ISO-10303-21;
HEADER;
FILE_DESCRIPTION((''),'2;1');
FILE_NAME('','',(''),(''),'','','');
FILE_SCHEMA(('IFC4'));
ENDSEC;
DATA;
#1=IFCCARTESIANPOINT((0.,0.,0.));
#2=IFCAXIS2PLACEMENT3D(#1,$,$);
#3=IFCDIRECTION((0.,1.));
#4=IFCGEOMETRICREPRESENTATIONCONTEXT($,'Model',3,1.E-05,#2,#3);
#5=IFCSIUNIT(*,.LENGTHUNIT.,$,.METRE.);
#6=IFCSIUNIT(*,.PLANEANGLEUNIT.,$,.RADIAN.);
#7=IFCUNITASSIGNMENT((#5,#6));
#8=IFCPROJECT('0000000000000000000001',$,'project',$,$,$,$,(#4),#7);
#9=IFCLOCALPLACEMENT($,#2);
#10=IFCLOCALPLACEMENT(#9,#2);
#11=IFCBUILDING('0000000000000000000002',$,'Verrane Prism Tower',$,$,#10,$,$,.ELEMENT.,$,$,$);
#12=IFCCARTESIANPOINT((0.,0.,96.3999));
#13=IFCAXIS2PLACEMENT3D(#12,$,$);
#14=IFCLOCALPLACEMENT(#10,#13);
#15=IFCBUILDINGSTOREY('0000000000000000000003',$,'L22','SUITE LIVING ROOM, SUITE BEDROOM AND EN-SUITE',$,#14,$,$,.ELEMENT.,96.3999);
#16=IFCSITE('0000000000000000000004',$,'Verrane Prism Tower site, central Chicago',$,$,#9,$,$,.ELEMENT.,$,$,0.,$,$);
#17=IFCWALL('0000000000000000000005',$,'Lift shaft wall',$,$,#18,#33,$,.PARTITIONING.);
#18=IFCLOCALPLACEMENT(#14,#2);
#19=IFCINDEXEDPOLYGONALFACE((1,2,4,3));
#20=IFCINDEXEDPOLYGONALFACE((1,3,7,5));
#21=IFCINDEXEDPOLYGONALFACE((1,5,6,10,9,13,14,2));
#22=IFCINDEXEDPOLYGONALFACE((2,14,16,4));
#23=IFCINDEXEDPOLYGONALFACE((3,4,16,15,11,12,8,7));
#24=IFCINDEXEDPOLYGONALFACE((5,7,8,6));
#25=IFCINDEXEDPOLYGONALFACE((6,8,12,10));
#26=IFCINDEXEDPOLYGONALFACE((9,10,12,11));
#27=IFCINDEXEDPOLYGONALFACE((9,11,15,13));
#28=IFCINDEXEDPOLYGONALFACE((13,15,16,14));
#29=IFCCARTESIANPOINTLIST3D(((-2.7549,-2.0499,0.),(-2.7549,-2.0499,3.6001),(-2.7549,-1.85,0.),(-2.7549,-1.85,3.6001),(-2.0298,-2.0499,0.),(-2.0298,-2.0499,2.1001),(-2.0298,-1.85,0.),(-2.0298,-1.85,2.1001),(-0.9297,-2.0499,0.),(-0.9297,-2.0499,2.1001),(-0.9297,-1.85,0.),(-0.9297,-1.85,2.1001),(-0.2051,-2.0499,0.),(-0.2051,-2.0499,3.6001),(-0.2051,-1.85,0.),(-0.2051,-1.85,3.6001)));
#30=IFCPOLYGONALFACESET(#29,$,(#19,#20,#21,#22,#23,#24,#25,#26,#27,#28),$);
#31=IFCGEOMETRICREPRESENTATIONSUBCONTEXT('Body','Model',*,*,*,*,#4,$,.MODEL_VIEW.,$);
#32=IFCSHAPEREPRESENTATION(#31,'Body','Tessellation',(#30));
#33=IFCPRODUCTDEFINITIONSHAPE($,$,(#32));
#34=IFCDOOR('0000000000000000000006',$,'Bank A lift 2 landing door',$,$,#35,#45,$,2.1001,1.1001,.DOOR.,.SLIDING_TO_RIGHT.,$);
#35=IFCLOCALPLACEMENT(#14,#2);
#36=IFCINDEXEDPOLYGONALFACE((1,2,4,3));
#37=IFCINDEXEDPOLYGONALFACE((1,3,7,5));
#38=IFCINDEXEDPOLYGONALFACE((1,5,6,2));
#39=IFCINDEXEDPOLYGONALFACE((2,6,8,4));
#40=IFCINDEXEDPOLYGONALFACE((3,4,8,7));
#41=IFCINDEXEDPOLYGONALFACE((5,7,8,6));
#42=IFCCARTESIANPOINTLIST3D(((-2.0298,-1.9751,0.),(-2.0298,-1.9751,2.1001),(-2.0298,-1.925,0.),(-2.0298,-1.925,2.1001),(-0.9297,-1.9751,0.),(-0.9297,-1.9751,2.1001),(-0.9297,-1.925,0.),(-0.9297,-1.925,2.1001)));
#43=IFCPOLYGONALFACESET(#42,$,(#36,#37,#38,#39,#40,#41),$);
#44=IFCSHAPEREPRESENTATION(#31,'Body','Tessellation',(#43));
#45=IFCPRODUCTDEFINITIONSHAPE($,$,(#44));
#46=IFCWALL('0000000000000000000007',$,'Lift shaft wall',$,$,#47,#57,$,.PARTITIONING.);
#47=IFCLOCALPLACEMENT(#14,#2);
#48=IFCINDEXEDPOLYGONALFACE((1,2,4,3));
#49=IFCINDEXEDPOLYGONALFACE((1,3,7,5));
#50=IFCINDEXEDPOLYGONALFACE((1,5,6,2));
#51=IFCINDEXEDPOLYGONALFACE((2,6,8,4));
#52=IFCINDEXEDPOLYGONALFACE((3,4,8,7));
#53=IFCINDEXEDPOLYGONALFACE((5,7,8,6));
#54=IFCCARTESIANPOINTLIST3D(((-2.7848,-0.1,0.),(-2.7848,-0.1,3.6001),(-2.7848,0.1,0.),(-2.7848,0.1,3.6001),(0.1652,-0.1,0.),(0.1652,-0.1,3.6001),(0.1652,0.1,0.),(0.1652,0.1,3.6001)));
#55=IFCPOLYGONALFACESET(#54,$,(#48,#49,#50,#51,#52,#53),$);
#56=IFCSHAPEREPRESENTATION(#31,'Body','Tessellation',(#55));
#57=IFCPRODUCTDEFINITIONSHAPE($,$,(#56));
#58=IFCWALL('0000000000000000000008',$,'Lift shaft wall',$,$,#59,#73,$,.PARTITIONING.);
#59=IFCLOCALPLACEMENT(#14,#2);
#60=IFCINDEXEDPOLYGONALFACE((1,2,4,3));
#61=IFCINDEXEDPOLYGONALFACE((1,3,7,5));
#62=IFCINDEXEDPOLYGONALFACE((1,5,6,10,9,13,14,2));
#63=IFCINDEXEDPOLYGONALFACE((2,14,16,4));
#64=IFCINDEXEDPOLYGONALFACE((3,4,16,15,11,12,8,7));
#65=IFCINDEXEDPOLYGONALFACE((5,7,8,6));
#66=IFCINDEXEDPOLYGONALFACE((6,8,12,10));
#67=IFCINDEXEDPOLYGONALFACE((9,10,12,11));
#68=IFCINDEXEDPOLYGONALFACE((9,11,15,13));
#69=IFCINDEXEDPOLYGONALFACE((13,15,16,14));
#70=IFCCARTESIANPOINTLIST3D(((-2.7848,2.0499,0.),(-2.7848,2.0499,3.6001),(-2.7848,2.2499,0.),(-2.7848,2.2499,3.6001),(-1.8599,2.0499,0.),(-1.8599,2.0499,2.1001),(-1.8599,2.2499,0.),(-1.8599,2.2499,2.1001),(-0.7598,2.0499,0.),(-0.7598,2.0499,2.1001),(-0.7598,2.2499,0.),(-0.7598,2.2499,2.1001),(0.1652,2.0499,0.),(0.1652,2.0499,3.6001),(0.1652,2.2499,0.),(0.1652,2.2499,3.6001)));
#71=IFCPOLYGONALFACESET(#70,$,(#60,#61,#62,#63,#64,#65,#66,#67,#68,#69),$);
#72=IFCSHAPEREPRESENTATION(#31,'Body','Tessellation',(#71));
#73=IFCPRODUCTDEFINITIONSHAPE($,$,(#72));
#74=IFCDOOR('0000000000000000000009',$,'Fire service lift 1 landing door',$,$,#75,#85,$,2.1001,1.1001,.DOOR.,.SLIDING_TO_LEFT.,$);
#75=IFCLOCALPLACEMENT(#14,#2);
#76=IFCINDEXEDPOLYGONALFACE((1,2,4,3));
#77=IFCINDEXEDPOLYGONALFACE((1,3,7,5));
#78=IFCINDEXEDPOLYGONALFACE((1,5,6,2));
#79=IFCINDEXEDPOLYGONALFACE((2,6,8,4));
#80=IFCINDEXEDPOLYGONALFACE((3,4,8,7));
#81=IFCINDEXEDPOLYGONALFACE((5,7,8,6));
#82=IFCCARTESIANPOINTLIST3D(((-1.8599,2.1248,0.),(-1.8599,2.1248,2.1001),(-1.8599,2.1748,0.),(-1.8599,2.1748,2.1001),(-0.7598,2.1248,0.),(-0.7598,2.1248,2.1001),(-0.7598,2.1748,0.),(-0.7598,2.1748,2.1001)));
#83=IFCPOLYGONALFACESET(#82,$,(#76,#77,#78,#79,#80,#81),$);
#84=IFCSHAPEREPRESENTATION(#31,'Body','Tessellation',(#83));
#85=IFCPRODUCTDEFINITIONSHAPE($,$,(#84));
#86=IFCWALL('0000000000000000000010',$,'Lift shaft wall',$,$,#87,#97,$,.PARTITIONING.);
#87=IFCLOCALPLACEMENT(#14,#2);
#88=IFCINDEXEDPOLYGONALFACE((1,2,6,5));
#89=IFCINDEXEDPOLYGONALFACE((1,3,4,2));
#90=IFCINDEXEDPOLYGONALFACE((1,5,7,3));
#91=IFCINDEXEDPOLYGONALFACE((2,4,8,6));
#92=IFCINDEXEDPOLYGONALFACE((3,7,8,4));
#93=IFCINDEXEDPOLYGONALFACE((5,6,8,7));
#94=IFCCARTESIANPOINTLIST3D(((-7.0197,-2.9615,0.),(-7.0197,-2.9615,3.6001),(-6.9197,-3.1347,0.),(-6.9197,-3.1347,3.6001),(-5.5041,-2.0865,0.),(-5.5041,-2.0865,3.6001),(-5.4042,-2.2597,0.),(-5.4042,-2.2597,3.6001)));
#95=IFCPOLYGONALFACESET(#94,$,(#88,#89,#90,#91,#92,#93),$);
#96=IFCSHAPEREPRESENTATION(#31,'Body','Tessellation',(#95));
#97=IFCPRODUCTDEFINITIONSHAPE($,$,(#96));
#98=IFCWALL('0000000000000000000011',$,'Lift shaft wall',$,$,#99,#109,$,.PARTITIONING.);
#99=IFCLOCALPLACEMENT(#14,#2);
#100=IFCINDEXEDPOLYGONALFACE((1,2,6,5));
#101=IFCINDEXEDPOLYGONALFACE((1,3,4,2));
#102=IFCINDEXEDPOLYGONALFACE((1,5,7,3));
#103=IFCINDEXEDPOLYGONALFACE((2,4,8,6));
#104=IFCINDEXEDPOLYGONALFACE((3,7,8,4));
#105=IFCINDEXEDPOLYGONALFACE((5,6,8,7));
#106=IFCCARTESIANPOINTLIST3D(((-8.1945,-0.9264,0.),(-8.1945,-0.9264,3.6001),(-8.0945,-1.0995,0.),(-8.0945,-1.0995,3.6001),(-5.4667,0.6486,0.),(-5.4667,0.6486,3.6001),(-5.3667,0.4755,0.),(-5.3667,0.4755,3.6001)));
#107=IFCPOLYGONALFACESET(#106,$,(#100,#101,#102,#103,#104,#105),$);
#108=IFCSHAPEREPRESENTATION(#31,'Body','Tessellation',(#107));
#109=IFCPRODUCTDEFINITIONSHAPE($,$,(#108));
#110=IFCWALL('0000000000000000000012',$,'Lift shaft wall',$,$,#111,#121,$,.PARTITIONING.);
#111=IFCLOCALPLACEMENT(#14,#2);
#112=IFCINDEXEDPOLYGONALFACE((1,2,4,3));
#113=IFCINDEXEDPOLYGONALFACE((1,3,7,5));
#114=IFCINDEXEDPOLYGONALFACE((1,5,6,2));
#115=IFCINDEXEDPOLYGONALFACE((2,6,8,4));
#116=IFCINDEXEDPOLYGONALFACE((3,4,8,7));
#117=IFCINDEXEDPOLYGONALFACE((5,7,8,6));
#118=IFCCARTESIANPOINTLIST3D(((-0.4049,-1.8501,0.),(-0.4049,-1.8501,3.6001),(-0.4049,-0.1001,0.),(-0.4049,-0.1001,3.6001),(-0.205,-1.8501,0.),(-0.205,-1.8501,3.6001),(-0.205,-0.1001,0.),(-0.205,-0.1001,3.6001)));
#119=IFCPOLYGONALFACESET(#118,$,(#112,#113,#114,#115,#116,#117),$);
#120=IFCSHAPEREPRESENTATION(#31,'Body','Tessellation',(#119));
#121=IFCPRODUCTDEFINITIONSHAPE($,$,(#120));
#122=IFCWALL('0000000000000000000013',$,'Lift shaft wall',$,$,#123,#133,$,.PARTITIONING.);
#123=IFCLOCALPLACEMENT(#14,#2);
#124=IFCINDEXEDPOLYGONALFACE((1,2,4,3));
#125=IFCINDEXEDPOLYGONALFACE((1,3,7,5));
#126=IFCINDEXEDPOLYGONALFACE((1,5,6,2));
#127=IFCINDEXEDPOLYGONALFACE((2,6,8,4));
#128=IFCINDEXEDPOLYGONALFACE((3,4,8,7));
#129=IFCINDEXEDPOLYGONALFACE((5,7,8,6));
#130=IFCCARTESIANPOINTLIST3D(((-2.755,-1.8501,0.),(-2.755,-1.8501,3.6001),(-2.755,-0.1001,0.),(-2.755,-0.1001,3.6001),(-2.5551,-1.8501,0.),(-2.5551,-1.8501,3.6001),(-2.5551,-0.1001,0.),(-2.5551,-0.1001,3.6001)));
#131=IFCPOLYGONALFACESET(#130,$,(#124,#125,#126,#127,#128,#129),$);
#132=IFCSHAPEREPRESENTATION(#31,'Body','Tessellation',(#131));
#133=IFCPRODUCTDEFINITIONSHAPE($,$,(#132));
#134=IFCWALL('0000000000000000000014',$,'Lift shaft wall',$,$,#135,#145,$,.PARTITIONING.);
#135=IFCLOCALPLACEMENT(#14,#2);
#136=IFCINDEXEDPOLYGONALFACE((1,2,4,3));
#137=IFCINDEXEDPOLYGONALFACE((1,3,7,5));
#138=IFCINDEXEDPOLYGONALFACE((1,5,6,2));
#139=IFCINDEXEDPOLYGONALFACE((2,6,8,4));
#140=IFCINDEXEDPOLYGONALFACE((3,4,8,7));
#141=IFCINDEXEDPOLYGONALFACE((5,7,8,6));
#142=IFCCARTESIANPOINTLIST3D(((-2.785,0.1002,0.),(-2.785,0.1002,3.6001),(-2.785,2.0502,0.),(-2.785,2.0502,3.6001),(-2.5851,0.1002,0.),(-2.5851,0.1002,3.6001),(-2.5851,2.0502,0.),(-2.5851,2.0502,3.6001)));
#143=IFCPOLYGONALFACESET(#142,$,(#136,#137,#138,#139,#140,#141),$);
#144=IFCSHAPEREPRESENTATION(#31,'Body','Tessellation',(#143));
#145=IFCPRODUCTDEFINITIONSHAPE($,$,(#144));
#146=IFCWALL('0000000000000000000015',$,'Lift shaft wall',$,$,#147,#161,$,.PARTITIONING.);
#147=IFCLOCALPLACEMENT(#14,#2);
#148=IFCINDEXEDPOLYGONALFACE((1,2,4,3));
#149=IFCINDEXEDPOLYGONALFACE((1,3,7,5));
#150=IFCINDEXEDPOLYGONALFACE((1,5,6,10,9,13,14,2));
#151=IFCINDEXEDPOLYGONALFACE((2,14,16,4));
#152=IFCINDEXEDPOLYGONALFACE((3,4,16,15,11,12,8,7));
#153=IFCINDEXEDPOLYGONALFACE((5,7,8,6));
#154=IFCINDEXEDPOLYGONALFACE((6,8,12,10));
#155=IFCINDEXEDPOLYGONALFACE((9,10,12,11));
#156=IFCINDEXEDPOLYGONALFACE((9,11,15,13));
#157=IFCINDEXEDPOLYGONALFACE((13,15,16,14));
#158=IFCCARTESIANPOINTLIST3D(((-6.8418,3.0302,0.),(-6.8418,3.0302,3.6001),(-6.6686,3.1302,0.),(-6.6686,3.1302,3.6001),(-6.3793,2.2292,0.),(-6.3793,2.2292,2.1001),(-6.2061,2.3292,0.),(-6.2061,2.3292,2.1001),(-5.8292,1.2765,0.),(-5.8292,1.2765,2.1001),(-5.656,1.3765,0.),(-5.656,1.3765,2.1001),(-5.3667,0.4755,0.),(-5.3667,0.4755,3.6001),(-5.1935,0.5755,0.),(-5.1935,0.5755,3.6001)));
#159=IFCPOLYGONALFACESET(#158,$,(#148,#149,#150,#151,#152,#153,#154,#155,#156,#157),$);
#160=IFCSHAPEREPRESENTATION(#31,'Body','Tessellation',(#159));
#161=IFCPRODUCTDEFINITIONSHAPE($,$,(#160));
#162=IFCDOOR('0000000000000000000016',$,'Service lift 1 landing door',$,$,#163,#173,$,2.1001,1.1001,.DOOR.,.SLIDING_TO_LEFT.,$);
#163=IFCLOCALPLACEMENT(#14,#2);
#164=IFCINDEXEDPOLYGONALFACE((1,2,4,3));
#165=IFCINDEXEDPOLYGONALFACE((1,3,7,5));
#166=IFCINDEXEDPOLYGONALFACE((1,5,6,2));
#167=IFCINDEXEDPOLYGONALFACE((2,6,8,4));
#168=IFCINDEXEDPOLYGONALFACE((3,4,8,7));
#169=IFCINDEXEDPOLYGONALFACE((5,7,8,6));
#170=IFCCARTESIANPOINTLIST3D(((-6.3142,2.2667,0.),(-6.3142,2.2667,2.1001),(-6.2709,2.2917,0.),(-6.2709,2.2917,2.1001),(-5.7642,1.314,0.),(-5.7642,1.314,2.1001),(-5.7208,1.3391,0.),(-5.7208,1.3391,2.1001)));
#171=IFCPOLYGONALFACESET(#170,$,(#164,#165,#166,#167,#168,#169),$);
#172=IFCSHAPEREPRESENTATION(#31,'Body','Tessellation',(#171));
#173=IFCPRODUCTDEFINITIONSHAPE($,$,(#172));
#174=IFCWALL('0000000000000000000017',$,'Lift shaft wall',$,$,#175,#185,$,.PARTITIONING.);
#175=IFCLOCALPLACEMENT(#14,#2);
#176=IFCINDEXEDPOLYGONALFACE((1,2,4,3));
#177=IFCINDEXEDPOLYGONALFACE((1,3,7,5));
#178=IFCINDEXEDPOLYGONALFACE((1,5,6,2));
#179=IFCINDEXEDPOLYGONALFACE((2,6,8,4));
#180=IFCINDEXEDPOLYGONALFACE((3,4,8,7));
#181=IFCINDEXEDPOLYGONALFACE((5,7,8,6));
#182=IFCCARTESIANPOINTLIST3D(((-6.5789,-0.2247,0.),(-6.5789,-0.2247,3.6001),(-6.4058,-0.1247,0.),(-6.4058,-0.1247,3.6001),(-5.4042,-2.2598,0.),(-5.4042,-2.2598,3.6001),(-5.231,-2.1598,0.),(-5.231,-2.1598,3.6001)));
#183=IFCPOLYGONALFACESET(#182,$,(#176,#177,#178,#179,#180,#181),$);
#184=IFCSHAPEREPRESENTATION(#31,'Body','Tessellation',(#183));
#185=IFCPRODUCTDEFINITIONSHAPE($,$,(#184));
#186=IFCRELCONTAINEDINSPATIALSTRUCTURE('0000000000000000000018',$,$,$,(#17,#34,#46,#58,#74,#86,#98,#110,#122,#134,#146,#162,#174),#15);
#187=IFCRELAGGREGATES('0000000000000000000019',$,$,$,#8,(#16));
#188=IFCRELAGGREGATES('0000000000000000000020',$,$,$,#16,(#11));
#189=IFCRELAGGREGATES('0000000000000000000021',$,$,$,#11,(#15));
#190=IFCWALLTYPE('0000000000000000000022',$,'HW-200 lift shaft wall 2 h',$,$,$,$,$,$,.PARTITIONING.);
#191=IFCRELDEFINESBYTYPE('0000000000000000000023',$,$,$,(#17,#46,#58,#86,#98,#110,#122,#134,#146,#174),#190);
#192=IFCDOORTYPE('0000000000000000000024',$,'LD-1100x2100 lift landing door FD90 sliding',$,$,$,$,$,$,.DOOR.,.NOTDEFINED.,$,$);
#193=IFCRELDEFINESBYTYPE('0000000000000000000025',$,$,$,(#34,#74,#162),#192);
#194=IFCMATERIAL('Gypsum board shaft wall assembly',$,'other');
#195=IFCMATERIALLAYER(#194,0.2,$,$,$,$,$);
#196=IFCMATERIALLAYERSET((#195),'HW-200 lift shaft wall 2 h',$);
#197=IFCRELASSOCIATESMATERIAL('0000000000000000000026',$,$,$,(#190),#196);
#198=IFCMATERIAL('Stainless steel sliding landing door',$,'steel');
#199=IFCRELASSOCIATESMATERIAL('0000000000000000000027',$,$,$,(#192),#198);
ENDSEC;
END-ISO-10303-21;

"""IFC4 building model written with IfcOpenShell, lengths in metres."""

from ifc_helpers import new_model, si_unit, direction, frame, frame_2d, origin, place, context, subcontext, project, spatial, rectangle, extrude, material, layer, layer_set, type_object, element, fill, save


model = new_model("IFC4")

# Units and contexts
model_context = context("Model", 3, precision=1e-05, world=origin(), true_north=direction((0.0, 1.0)))
body_context = subcontext(model_context, "Body", "Model", "MODEL_VIEW")
ifc_project = project(units=[si_unit("LENGTHUNIT", "METRE"), si_unit("PLANEANGLEUNIT", "RADIAN")], contexts=[model_context])

# Site, building, storey
site_placement = place(None, origin())
site = spatial("IfcSite", under=ifc_project, at=site_placement, Name="Verrane Prism Tower site, central Chicago", CompositionType="ELEMENT", RefElevation=0.0)
building_placement = place(site_placement, origin())
building = spatial("IfcBuilding", under=site, at=building_placement, Name="Verrane Prism Tower", CompositionType="ELEMENT")
storey_placement = place(building_placement, frame((0.0, 0.0, 96.3999)))
storey = spatial("IfcBuildingStorey", under=building, at=storey_placement, Name="L22", Description="SUITE LIVING ROOM, SUITE BEDROOM AND EN-SUITE", CompositionType="ELEMENT", Elevation=96.3999)

# Wall, opening, door
ifc_material_1 = material(Name="Gypsum board shaft wall assembly", Category="other")
ifc_layer_1 = layer(ifc_material_1, 0.2)
ifc_layer_set_1 = layer_set([ifc_layer_1], Name="HW-200 lift shaft wall 2 h")
wall_type_1 = type_object("IfcWallType", Name="HW-200 lift shaft wall 2 h", PredefinedType="PARTITIONING", material=ifc_layer_set_1)
wall_1_placement = place(storey_placement, frame((-2.7549, -1.95, 0.0), z_axis=(0.0, 0.0, 1.0), x_axis=(1.0, 0.0, 0.0)))
wall_1 = element("IfcWall", 1, at=wall_1_placement, inside=storey, type_object=wall_type_1, Name="Lift shaft wall", PredefinedType="PARTITIONING", context=body_context, shape_type="SweptSolid", body=[
    extrude(rectangle(XDim=2.5498, YDim=0.2, at=frame_2d((1.2749, 0.0))), origin(), (0.0, 0.0, 1.0), 3.6001),
])
opening_1_placement = place(wall_1_placement, frame((0.7251, 0.0, 0.0)))
opening_1 = element("IfcOpeningElement", 2, at=opening_1_placement, cuts=wall_1, PredefinedType="OPENING", context=body_context, shape_type="SweptSolid", body=[
    extrude(rectangle(XDim=1.1001, YDim=2.1001, at=frame_2d((0.55, 1.05))), frame((0.0, 0.1099, 0.0), z_axis=(0.0, -1.0, 0.0), x_axis=(1.0, 0.0, 0.0)), (0.0, 0.0, 1.0), 0.22),
])
ifc_material_2 = material(Name="Stainless steel sliding landing door", Category="steel")
door_type_1 = type_object("IfcDoorType", Name="LD-1100x2100 lift landing door FD90 sliding", OperationType="NOTDEFINED", PredefinedType="DOOR", material=ifc_material_2)
door_1_placement = place(opening_1_placement, origin())
door_1 = element("IfcDoor", 3, at=door_1_placement, inside=storey, type_object=door_type_1, Name="Bank A lift 2 landing door", OperationType="SLIDING_TO_RIGHT", OverallHeight=2.1001, OverallWidth=1.1001, PredefinedType="DOOR", context=body_context, shape_type="SweptSolid", body=[
    extrude(rectangle(XDim=1.1001, YDim=2.1001, at=frame_2d((0.55, 1.05))), frame((0.0, 0.0249, 0.0), z_axis=(0.0, -1.0, 0.0), x_axis=(1.0, 0.0, 0.0)), (0.0, 0.0, 1.0), 0.05),
])
fill(opening_1, door_1)

# Wall
wall_2_placement = place(storey_placement, frame((-2.7849, 0.0, 0.0), z_axis=(0.0, 0.0, 1.0), x_axis=(1.0, 0.0, 0.0)))
element("IfcWall", 4, at=wall_2_placement, inside=storey, type_object=wall_type_1, Name="Lift shaft wall", PredefinedType="PARTITIONING", context=body_context, shape_type="SweptSolid", body=[
    extrude(rectangle(XDim=2.95, YDim=0.2, at=frame_2d((1.4751, 0.0))), origin(), (0.0, 0.0, 1.0), 3.6001),
])

# Wall, opening, door
wall_3_placement = place(storey_placement, frame((-2.7849, 2.1499, 0.0), z_axis=(0.0, 0.0, 1.0), x_axis=(1.0, 0.0, 0.0)))
wall_3 = element("IfcWall", 5, at=wall_3_placement, inside=storey, type_object=wall_type_1, Name="Lift shaft wall", PredefinedType="PARTITIONING", context=body_context, shape_type="SweptSolid", body=[
    extrude(rectangle(XDim=2.95, YDim=0.2, at=frame_2d((1.4751, 0.0))), origin(), (0.0, 0.0, 1.0), 3.6001),
])
opening_2_placement = place(wall_3_placement, frame((0.925, 0.0, 0.0)))
opening_2 = element("IfcOpeningElement", 6, at=opening_2_placement, cuts=wall_3, PredefinedType="OPENING", context=body_context, shape_type="SweptSolid", body=[
    extrude(rectangle(XDim=1.1001, YDim=2.1001, at=frame_2d((0.55, 1.05))), frame((0.0, 0.1099, 0.0), z_axis=(0.0, -1.0, 0.0), x_axis=(1.0, 0.0, 0.0)), (0.0, 0.0, 1.0), 0.22),
])
door_2_placement = place(opening_2_placement, origin())
door_2 = element("IfcDoor", 7, at=door_2_placement, inside=storey, type_object=door_type_1, Name="Fire service lift 1 landing door", OperationType="SLIDING_TO_LEFT", OverallHeight=2.1001, OverallWidth=1.1001, PredefinedType="DOOR", context=body_context, shape_type="SweptSolid", body=[
    extrude(rectangle(XDim=1.1001, YDim=2.1001, at=frame_2d((0.55, 1.05))), frame((0.0, 0.0249, 0.0), z_axis=(0.0, -1.0, 0.0), x_axis=(1.0, 0.0, 0.0)), (0.0, 0.0, 1.0), 0.05),
])
fill(opening_2, door_2)

# Walls
wall_4_placement = place(storey_placement, frame((-6.9697, -3.0481, 0.0), z_axis=(0.0, 0.0, 1.0), x_axis=(0.866037, 0.49998, 0.0)))
element("IfcWall", 8, at=wall_4_placement, inside=storey, type_object=wall_type_1, Name="Lift shaft wall", PredefinedType="PARTITIONING", context=body_context, shape_type="SweptSolid", body=[
    extrude(rectangle(XDim=1.75, YDim=0.2, at=frame_2d((0.875, 0.0))), origin(), (0.0, 0.0, 1.0), 3.6001),
])
wall_5_placement = place(storey_placement, frame((-8.1445, -1.0129, 0.0), z_axis=(0.0, 0.0, 1.0), x_axis=(0.866016, 0.500015, 0.0)))
element("IfcWall", 9, at=wall_5_placement, inside=storey, type_object=wall_type_1, Name="Lift shaft wall", PredefinedType="PARTITIONING", context=body_context, shape_type="SweptSolid", body=[
    extrude(rectangle(XDim=3.1499, YDim=0.2, at=frame_2d((1.575, 0.0))), origin(), (0.0, 0.0, 1.0), 3.6001),
])
for number, where, z_axis, x_axis, name in (
    (10, (-0.3049, -1.8501, 0.0), (0.0, 0.0, 1.0), (0.0, 1.0, 0.0), "Lift shaft wall"),
    (11, (-2.655, -1.8501, 0.0), (0.0, 0.0, 1.0), (0.0, 1.0, 0.0), "Lift shaft wall"),
):
    element("IfcWall", number, at=place(storey_placement, frame(where, z_axis=z_axis, x_axis=x_axis)), inside=storey, type_object=wall_type_1, Name=name, PredefinedType="PARTITIONING", context=body_context, shape_type="SweptSolid", body=[
        extrude(rectangle(XDim=1.75, YDim=0.2, at=frame_2d((0.875, 0.0))), origin(), (0.0, 0.0, 1.0), 3.6001),
    ])
wall_6_placement = place(storey_placement, frame((-2.6851, 0.1001, 0.0), z_axis=(0.0, 0.0, 1.0), x_axis=(0.0, 1.0, 0.0)))
element("IfcWall", 12, at=wall_6_placement, inside=storey, type_object=wall_type_1, Name="Lift shaft wall", PredefinedType="PARTITIONING", context=body_context, shape_type="SweptSolid", body=[
    extrude(rectangle(XDim=1.95, YDim=0.2, at=frame_2d((0.9751, 0.0))), origin(), (0.0, 0.0, 1.0), 3.6001),
])

# Wall, opening, door
wall_7_placement = place(storey_placement, frame((-5.28, 0.5254, 0.0), z_axis=(0.0, 0.0, 1.0), x_axis=(-0.500038, 0.866004, 0.0)))
wall_7 = element("IfcWall", 13, at=wall_7_placement, inside=storey, type_object=wall_type_1, Name="Lift shaft wall", PredefinedType="PARTITIONING", context=body_context, shape_type="SweptSolid", body=[
    extrude(rectangle(XDim=2.95, YDim=0.2, at=frame_2d((1.4751, 0.0))), origin(), (0.0, 0.0, 1.0), 3.6001),
])
opening_3_placement = place(wall_7_placement, frame((0.925, 0.0, 0.0)))
opening_3 = element("IfcOpeningElement", 14, at=opening_3_placement, cuts=wall_7, PredefinedType="OPENING", context=body_context, shape_type="SweptSolid", body=[
    extrude(rectangle(XDim=1.1001, YDim=2.1001, at=frame_2d((0.55, 1.05))), frame((0.0, 0.1099, 0.0), z_axis=(0.0, -1.0, 0.0), x_axis=(1.0, 0.0, 0.0)), (0.0, 0.0, 1.0), 0.22),
])
door_3_placement = place(opening_3_placement, origin())
door_3 = element("IfcDoor", 15, at=door_3_placement, inside=storey, type_object=door_type_1, Name="Service lift 1 landing door", OperationType="SLIDING_TO_LEFT", OverallHeight=2.1001, OverallWidth=1.1001, PredefinedType="DOOR", context=body_context, shape_type="SweptSolid", body=[
    extrude(rectangle(XDim=1.1001, YDim=2.1001, at=frame_2d((0.55, 1.05))), frame((0.0, 0.0249, 0.0), z_axis=(0.0, -1.0, 0.0), x_axis=(1.0, 0.0, 0.0)), (0.0, 0.0, 1.0), 0.05),
])
fill(opening_3, door_3)

# Wall
wall_8_placement = place(storey_placement, frame((-5.3176, -2.2097, 0.0), z_axis=(0.0, 0.0, 1.0), x_axis=(-0.499938, 0.866061, 0.0)))
element("IfcWall", 16, at=wall_8_placement, inside=storey, type_object=wall_type_1, Name="Lift shaft wall", PredefinedType="PARTITIONING", context=body_context, shape_type="SweptSolid", body=[
    extrude(rectangle(XDim=2.3499, YDim=0.2, at=frame_2d((1.1748, 0.0))), origin(), (0.0, 0.0, 1.0), 3.6001),
])

save(model, "model.ifc")
